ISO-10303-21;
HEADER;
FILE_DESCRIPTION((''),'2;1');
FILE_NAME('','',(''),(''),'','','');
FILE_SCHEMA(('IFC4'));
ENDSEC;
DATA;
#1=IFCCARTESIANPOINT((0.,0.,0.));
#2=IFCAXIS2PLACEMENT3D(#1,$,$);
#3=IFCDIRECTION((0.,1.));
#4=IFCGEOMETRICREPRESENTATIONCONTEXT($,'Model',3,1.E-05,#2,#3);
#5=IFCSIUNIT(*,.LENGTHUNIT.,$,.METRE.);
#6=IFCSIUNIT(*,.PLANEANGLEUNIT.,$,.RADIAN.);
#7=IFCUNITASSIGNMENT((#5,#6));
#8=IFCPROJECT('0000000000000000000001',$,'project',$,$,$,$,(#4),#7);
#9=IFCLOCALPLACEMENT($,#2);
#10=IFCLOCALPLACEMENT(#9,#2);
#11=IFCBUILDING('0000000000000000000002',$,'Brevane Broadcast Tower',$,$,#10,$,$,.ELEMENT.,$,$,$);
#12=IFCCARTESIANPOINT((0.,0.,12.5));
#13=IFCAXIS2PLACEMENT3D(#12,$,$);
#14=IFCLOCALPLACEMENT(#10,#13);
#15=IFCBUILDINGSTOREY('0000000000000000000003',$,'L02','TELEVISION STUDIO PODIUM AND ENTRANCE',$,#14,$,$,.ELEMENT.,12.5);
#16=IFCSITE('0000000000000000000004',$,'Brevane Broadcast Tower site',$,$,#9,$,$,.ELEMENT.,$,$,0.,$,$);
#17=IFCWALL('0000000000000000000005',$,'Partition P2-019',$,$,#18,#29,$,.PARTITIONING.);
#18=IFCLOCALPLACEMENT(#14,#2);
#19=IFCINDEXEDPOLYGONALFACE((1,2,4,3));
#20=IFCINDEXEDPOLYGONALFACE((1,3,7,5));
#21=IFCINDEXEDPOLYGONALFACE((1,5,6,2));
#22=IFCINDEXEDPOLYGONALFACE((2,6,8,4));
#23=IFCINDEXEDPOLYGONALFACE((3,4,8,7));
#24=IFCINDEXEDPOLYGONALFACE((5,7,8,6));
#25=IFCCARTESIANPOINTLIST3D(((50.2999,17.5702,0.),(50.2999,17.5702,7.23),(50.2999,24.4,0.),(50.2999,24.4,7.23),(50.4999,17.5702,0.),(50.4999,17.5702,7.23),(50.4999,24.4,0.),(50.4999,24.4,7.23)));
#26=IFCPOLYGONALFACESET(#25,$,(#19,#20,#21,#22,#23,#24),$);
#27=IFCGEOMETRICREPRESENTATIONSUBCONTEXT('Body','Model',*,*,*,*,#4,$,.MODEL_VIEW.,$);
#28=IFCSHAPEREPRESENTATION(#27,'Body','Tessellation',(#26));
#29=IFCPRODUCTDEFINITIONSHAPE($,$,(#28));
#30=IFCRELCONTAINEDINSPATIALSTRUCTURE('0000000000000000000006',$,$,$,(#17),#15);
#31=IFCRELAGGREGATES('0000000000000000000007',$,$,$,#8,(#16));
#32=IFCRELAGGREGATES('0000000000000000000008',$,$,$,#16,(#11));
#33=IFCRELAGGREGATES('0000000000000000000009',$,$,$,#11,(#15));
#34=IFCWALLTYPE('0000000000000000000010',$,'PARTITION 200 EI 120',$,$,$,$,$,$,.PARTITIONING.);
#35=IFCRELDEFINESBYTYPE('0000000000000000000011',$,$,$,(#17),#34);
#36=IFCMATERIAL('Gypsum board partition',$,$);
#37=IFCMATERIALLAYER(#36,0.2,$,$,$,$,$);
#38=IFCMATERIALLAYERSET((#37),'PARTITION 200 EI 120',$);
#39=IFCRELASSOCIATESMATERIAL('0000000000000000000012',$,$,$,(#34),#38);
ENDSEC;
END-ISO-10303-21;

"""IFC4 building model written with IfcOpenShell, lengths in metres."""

from ifc_helpers import new_model, si_unit, direction, frame, frame_2d, origin, place, context, subcontext, project, spatial, rectangle, extrude, material, layer, layer_set, type_object, element, save


model = new_model("IFC4")

# Units and contexts
model_context = context("Model", 3, precision=1e-05, world=origin(), true_north=direction((0.0, 1.0)))
body_context = subcontext(model_context, "Body", "Model", "MODEL_VIEW")
ifc_project = project(units=[si_unit("LENGTHUNIT", "METRE"), si_unit("PLANEANGLEUNIT", "RADIAN")], contexts=[model_context])

# Site, building, storey
site_placement = place(None, origin())
site = spatial("IfcSite", under=ifc_project, at=site_placement, Name="Brevane Broadcast Tower site", CompositionType="ELEMENT", RefElevation=0.0)
building_placement = place(site_placement, origin())
building = spatial("IfcBuilding", under=site, at=building_placement, Name="Brevane Broadcast Tower", CompositionType="ELEMENT")
storey_placement = place(building_placement, frame((0.0, 0.0, 12.5)))
storey = spatial("IfcBuildingStorey", under=building, at=storey_placement, Name="L02", Description="TELEVISION STUDIO PODIUM AND ENTRANCE", CompositionType="ELEMENT", Elevation=12.5)

# Shared definitions
ifc_material_1 = material(Name="Gypsum board partition")
ifc_layer = layer(ifc_material_1, 0.2)
ifc_layer_set = layer_set([ifc_layer], Name="PARTITION 200 EI 120")
wall_type = type_object("IfcWallType", Name="PARTITION 200 EI 120", PredefinedType="PARTITIONING", material=ifc_layer_set)

# Wall
wall_1_placement = place(storey_placement, frame((50.3999, 17.5701, 0.0), z_axis=(0.0, 0.0, 1.0), x_axis=(0.0, 1.0, 0.0)))
element("IfcWall", 1, at=wall_1_placement, inside=storey, type_object=wall_type, Name="Partition P2-019", PredefinedType="PARTITIONING", context=body_context, shape_type="SweptSolid", body=[
    extrude(rectangle(XDim=6.8298, YDim=0.2, at=frame_2d((3.415, 0.0))), origin(), (0.0, 0.0, 1.0), 7.23),
])

save(model, "model.ifc")
